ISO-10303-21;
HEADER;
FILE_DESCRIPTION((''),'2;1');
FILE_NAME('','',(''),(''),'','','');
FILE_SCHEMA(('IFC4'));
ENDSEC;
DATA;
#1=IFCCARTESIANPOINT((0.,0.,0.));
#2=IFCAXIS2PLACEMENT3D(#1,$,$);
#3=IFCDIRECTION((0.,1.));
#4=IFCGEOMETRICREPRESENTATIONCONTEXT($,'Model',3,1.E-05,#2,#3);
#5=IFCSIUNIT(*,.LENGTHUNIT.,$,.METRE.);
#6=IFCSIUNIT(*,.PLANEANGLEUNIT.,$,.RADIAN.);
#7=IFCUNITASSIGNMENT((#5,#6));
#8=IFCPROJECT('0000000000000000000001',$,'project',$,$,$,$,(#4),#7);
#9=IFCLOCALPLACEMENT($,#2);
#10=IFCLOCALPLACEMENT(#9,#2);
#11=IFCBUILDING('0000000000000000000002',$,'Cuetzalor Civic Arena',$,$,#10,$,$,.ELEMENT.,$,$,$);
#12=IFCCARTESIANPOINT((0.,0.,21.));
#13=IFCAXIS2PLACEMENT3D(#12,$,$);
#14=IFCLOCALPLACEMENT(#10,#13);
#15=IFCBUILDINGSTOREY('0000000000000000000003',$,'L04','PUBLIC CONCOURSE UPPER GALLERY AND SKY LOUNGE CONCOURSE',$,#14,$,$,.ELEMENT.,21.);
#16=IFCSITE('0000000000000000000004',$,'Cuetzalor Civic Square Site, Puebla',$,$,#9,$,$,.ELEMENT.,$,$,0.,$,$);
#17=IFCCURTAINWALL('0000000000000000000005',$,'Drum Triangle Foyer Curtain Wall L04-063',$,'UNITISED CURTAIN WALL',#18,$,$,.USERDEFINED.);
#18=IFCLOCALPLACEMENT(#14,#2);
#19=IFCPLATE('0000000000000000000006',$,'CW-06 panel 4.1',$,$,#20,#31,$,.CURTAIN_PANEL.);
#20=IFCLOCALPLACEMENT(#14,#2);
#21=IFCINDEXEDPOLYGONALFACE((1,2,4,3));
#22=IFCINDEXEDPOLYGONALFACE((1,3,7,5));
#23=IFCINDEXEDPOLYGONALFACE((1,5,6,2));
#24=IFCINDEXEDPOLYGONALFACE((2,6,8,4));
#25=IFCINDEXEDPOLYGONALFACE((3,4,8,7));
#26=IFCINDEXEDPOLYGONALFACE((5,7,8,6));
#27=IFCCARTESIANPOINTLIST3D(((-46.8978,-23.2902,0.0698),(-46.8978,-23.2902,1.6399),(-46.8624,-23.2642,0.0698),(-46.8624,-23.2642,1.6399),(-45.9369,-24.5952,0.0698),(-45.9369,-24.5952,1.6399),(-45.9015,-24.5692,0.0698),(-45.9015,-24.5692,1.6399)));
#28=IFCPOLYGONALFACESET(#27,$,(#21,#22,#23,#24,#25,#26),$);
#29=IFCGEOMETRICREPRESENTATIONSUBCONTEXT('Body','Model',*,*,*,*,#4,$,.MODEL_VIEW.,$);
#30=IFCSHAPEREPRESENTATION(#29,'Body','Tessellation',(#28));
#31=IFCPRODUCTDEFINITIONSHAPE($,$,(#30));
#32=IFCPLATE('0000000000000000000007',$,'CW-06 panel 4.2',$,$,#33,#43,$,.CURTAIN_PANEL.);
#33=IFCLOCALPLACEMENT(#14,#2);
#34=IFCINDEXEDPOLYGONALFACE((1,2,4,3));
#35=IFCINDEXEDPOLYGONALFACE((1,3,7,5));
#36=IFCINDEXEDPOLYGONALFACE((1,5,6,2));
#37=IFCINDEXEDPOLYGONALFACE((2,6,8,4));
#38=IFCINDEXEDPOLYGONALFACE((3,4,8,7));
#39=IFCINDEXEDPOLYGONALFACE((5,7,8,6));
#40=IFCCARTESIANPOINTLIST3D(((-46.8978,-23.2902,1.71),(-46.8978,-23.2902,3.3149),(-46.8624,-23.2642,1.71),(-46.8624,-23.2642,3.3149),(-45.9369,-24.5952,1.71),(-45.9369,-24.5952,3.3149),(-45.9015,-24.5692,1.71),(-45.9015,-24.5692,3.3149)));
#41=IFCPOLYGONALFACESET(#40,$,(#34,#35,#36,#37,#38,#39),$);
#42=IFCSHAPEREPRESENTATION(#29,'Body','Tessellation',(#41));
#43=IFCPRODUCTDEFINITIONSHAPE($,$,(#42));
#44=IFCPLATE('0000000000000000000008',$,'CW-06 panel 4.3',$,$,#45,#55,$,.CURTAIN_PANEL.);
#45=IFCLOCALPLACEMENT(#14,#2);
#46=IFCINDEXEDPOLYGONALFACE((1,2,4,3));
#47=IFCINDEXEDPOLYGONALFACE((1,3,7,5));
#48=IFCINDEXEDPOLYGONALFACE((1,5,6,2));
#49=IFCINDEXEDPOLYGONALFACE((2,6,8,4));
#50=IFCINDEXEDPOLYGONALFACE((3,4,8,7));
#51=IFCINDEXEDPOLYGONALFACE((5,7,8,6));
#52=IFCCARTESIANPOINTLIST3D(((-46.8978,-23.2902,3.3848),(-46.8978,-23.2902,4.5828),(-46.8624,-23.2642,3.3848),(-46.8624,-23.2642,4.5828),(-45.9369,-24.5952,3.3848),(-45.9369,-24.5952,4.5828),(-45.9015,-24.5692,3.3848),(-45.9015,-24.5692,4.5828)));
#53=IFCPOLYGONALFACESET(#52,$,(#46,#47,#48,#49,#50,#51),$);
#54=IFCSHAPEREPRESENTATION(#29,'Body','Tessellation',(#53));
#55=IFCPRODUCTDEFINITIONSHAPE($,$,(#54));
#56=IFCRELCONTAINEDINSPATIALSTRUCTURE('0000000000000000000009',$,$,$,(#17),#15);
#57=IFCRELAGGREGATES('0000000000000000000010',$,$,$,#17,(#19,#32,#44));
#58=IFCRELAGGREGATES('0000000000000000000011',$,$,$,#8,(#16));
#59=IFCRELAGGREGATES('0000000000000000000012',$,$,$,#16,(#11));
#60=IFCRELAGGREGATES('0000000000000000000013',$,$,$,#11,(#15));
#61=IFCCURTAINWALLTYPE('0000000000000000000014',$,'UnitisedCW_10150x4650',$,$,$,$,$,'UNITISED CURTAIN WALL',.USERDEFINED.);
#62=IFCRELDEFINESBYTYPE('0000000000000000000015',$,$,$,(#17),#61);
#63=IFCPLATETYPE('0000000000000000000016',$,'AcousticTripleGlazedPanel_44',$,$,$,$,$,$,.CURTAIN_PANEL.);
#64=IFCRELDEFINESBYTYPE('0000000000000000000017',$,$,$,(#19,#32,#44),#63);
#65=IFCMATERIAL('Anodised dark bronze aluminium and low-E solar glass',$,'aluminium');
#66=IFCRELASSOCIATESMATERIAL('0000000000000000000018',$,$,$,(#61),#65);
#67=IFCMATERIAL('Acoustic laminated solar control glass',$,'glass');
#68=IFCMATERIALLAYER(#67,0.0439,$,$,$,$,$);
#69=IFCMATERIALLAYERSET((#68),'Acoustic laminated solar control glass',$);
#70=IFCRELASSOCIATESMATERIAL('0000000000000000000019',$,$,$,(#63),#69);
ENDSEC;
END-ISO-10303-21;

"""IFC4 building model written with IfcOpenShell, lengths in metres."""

from ifc_helpers import new_model, si_unit, direction, frame, origin, origin_2d, place, context, subcontext, project, spatial, rectangle, extrude, material, layer, layer_set, type_object, element, aggregate, save


model = new_model("IFC4")

# Units and contexts
model_context = context("Model", 3, precision=1e-05, world=origin(), true_north=direction((0.0, 1.0)))
body_context = subcontext(model_context, "Body", "Model", "MODEL_VIEW")
ifc_project = project(units=[si_unit("LENGTHUNIT", "METRE"), si_unit("PLANEANGLEUNIT", "RADIAN")], contexts=[model_context])

# Site, building, storey
site_placement = place(None, origin())
site = spatial("IfcSite", under=ifc_project, at=site_placement, Name="Cuetzalor Civic Square Site, Puebla", CompositionType="ELEMENT", RefElevation=0.0)
building_placement = place(site_placement, origin())
building = spatial("IfcBuilding", under=site, at=building_placement, Name="Cuetzalor Civic Arena", CompositionType="ELEMENT")
storey_placement = place(building_placement, frame((0.0, 0.0, 21.0)))
storey = spatial("IfcBuildingStorey", under=building, at=storey_placement, Name="L04", Description="PUBLIC CONCOURSE UPPER GALLERY AND SKY LOUNGE CONCOURSE", CompositionType="ELEMENT", Elevation=21.0)

# Curtain wall
ifc_material_1 = material(Name="Anodised dark bronze aluminium and low-E solar glass", Category="aluminium")
curtain_wall_type = type_object("IfcCurtainWallType", Name="UnitisedCW_10150x4650", ElementType="UNITISED CURTAIN WALL", PredefinedType="USERDEFINED", material=ifc_material_1)
curtain_wall_placement = place(storey_placement, origin())
curtain_wall = element("IfcCurtainWall", 1, at=curtain_wall_placement, inside=storey, type_object=curtain_wall_type, Name="Drum Triangle Foyer Curtain Wall L04-063", ObjectType="UNITISED CURTAIN WALL", PredefinedType="USERDEFINED")

# Plates
ifc_material_2 = material(Name="Acoustic laminated solar control glass", Category="glass")
ifc_layer = layer(ifc_material_2, 0.0439)
ifc_layer_set = layer_set([ifc_layer], Name="Acoustic laminated solar control glass")
plate_type = type_object("IfcPlateType", Name="AcousticTripleGlazedPanel_44", PredefinedType="CURTAIN_PANEL", material=ifc_layer_set)
plate_1_placement = place(storey_placement, frame((-46.3997, -23.9297, 0.0698), z_axis=(0.0, 0.0, 1.0), x_axis=(-0.592929, 0.805255, 0.0)))
plate_1 = element("IfcPlate", 2, at=plate_1_placement, type_object=plate_type, Name="CW-06 panel 4.1", PredefinedType="CURTAIN_PANEL", context=body_context, shape_type="SweptSolid", body=[
    extrude(rectangle(XDim=1.6206, YDim=0.0439, at=origin_2d()), origin(), (0.0, 0.0, 1.0), 1.5701),
])
plate_2_placement = place(storey_placement, frame((-46.3997, -23.9297, 1.71), z_axis=(0.0, 0.0, 1.0), x_axis=(-0.592929, 0.805255, 0.0)))
plate_2 = element("IfcPlate", 3, at=plate_2_placement, type_object=plate_type, Name="CW-06 panel 4.2", PredefinedType="CURTAIN_PANEL", context=body_context, shape_type="SweptSolid", body=[
    extrude(rectangle(XDim=1.6206, YDim=0.0439, at=origin_2d()), origin(), (0.0, 0.0, 1.0), 1.605),
])
plate_3_placement = place(storey_placement, frame((-46.3997, -23.9297, 3.3848), z_axis=(0.0, 0.0, 1.0), x_axis=(-0.592929, 0.805255, 0.0)))
plate_3 = element("IfcPlate", 4, at=plate_3_placement, type_object=plate_type, Name="CW-06 panel 4.3", PredefinedType="CURTAIN_PANEL", context=body_context, shape_type="SweptSolid", body=[
    extrude(rectangle(XDim=1.6206, YDim=0.0439, at=origin_2d()), origin(), (0.0, 0.0, 1.0), 1.198),
])
aggregate(curtain_wall, [plate_1, plate_2, plate_3])

save(model, "model.ifc")
